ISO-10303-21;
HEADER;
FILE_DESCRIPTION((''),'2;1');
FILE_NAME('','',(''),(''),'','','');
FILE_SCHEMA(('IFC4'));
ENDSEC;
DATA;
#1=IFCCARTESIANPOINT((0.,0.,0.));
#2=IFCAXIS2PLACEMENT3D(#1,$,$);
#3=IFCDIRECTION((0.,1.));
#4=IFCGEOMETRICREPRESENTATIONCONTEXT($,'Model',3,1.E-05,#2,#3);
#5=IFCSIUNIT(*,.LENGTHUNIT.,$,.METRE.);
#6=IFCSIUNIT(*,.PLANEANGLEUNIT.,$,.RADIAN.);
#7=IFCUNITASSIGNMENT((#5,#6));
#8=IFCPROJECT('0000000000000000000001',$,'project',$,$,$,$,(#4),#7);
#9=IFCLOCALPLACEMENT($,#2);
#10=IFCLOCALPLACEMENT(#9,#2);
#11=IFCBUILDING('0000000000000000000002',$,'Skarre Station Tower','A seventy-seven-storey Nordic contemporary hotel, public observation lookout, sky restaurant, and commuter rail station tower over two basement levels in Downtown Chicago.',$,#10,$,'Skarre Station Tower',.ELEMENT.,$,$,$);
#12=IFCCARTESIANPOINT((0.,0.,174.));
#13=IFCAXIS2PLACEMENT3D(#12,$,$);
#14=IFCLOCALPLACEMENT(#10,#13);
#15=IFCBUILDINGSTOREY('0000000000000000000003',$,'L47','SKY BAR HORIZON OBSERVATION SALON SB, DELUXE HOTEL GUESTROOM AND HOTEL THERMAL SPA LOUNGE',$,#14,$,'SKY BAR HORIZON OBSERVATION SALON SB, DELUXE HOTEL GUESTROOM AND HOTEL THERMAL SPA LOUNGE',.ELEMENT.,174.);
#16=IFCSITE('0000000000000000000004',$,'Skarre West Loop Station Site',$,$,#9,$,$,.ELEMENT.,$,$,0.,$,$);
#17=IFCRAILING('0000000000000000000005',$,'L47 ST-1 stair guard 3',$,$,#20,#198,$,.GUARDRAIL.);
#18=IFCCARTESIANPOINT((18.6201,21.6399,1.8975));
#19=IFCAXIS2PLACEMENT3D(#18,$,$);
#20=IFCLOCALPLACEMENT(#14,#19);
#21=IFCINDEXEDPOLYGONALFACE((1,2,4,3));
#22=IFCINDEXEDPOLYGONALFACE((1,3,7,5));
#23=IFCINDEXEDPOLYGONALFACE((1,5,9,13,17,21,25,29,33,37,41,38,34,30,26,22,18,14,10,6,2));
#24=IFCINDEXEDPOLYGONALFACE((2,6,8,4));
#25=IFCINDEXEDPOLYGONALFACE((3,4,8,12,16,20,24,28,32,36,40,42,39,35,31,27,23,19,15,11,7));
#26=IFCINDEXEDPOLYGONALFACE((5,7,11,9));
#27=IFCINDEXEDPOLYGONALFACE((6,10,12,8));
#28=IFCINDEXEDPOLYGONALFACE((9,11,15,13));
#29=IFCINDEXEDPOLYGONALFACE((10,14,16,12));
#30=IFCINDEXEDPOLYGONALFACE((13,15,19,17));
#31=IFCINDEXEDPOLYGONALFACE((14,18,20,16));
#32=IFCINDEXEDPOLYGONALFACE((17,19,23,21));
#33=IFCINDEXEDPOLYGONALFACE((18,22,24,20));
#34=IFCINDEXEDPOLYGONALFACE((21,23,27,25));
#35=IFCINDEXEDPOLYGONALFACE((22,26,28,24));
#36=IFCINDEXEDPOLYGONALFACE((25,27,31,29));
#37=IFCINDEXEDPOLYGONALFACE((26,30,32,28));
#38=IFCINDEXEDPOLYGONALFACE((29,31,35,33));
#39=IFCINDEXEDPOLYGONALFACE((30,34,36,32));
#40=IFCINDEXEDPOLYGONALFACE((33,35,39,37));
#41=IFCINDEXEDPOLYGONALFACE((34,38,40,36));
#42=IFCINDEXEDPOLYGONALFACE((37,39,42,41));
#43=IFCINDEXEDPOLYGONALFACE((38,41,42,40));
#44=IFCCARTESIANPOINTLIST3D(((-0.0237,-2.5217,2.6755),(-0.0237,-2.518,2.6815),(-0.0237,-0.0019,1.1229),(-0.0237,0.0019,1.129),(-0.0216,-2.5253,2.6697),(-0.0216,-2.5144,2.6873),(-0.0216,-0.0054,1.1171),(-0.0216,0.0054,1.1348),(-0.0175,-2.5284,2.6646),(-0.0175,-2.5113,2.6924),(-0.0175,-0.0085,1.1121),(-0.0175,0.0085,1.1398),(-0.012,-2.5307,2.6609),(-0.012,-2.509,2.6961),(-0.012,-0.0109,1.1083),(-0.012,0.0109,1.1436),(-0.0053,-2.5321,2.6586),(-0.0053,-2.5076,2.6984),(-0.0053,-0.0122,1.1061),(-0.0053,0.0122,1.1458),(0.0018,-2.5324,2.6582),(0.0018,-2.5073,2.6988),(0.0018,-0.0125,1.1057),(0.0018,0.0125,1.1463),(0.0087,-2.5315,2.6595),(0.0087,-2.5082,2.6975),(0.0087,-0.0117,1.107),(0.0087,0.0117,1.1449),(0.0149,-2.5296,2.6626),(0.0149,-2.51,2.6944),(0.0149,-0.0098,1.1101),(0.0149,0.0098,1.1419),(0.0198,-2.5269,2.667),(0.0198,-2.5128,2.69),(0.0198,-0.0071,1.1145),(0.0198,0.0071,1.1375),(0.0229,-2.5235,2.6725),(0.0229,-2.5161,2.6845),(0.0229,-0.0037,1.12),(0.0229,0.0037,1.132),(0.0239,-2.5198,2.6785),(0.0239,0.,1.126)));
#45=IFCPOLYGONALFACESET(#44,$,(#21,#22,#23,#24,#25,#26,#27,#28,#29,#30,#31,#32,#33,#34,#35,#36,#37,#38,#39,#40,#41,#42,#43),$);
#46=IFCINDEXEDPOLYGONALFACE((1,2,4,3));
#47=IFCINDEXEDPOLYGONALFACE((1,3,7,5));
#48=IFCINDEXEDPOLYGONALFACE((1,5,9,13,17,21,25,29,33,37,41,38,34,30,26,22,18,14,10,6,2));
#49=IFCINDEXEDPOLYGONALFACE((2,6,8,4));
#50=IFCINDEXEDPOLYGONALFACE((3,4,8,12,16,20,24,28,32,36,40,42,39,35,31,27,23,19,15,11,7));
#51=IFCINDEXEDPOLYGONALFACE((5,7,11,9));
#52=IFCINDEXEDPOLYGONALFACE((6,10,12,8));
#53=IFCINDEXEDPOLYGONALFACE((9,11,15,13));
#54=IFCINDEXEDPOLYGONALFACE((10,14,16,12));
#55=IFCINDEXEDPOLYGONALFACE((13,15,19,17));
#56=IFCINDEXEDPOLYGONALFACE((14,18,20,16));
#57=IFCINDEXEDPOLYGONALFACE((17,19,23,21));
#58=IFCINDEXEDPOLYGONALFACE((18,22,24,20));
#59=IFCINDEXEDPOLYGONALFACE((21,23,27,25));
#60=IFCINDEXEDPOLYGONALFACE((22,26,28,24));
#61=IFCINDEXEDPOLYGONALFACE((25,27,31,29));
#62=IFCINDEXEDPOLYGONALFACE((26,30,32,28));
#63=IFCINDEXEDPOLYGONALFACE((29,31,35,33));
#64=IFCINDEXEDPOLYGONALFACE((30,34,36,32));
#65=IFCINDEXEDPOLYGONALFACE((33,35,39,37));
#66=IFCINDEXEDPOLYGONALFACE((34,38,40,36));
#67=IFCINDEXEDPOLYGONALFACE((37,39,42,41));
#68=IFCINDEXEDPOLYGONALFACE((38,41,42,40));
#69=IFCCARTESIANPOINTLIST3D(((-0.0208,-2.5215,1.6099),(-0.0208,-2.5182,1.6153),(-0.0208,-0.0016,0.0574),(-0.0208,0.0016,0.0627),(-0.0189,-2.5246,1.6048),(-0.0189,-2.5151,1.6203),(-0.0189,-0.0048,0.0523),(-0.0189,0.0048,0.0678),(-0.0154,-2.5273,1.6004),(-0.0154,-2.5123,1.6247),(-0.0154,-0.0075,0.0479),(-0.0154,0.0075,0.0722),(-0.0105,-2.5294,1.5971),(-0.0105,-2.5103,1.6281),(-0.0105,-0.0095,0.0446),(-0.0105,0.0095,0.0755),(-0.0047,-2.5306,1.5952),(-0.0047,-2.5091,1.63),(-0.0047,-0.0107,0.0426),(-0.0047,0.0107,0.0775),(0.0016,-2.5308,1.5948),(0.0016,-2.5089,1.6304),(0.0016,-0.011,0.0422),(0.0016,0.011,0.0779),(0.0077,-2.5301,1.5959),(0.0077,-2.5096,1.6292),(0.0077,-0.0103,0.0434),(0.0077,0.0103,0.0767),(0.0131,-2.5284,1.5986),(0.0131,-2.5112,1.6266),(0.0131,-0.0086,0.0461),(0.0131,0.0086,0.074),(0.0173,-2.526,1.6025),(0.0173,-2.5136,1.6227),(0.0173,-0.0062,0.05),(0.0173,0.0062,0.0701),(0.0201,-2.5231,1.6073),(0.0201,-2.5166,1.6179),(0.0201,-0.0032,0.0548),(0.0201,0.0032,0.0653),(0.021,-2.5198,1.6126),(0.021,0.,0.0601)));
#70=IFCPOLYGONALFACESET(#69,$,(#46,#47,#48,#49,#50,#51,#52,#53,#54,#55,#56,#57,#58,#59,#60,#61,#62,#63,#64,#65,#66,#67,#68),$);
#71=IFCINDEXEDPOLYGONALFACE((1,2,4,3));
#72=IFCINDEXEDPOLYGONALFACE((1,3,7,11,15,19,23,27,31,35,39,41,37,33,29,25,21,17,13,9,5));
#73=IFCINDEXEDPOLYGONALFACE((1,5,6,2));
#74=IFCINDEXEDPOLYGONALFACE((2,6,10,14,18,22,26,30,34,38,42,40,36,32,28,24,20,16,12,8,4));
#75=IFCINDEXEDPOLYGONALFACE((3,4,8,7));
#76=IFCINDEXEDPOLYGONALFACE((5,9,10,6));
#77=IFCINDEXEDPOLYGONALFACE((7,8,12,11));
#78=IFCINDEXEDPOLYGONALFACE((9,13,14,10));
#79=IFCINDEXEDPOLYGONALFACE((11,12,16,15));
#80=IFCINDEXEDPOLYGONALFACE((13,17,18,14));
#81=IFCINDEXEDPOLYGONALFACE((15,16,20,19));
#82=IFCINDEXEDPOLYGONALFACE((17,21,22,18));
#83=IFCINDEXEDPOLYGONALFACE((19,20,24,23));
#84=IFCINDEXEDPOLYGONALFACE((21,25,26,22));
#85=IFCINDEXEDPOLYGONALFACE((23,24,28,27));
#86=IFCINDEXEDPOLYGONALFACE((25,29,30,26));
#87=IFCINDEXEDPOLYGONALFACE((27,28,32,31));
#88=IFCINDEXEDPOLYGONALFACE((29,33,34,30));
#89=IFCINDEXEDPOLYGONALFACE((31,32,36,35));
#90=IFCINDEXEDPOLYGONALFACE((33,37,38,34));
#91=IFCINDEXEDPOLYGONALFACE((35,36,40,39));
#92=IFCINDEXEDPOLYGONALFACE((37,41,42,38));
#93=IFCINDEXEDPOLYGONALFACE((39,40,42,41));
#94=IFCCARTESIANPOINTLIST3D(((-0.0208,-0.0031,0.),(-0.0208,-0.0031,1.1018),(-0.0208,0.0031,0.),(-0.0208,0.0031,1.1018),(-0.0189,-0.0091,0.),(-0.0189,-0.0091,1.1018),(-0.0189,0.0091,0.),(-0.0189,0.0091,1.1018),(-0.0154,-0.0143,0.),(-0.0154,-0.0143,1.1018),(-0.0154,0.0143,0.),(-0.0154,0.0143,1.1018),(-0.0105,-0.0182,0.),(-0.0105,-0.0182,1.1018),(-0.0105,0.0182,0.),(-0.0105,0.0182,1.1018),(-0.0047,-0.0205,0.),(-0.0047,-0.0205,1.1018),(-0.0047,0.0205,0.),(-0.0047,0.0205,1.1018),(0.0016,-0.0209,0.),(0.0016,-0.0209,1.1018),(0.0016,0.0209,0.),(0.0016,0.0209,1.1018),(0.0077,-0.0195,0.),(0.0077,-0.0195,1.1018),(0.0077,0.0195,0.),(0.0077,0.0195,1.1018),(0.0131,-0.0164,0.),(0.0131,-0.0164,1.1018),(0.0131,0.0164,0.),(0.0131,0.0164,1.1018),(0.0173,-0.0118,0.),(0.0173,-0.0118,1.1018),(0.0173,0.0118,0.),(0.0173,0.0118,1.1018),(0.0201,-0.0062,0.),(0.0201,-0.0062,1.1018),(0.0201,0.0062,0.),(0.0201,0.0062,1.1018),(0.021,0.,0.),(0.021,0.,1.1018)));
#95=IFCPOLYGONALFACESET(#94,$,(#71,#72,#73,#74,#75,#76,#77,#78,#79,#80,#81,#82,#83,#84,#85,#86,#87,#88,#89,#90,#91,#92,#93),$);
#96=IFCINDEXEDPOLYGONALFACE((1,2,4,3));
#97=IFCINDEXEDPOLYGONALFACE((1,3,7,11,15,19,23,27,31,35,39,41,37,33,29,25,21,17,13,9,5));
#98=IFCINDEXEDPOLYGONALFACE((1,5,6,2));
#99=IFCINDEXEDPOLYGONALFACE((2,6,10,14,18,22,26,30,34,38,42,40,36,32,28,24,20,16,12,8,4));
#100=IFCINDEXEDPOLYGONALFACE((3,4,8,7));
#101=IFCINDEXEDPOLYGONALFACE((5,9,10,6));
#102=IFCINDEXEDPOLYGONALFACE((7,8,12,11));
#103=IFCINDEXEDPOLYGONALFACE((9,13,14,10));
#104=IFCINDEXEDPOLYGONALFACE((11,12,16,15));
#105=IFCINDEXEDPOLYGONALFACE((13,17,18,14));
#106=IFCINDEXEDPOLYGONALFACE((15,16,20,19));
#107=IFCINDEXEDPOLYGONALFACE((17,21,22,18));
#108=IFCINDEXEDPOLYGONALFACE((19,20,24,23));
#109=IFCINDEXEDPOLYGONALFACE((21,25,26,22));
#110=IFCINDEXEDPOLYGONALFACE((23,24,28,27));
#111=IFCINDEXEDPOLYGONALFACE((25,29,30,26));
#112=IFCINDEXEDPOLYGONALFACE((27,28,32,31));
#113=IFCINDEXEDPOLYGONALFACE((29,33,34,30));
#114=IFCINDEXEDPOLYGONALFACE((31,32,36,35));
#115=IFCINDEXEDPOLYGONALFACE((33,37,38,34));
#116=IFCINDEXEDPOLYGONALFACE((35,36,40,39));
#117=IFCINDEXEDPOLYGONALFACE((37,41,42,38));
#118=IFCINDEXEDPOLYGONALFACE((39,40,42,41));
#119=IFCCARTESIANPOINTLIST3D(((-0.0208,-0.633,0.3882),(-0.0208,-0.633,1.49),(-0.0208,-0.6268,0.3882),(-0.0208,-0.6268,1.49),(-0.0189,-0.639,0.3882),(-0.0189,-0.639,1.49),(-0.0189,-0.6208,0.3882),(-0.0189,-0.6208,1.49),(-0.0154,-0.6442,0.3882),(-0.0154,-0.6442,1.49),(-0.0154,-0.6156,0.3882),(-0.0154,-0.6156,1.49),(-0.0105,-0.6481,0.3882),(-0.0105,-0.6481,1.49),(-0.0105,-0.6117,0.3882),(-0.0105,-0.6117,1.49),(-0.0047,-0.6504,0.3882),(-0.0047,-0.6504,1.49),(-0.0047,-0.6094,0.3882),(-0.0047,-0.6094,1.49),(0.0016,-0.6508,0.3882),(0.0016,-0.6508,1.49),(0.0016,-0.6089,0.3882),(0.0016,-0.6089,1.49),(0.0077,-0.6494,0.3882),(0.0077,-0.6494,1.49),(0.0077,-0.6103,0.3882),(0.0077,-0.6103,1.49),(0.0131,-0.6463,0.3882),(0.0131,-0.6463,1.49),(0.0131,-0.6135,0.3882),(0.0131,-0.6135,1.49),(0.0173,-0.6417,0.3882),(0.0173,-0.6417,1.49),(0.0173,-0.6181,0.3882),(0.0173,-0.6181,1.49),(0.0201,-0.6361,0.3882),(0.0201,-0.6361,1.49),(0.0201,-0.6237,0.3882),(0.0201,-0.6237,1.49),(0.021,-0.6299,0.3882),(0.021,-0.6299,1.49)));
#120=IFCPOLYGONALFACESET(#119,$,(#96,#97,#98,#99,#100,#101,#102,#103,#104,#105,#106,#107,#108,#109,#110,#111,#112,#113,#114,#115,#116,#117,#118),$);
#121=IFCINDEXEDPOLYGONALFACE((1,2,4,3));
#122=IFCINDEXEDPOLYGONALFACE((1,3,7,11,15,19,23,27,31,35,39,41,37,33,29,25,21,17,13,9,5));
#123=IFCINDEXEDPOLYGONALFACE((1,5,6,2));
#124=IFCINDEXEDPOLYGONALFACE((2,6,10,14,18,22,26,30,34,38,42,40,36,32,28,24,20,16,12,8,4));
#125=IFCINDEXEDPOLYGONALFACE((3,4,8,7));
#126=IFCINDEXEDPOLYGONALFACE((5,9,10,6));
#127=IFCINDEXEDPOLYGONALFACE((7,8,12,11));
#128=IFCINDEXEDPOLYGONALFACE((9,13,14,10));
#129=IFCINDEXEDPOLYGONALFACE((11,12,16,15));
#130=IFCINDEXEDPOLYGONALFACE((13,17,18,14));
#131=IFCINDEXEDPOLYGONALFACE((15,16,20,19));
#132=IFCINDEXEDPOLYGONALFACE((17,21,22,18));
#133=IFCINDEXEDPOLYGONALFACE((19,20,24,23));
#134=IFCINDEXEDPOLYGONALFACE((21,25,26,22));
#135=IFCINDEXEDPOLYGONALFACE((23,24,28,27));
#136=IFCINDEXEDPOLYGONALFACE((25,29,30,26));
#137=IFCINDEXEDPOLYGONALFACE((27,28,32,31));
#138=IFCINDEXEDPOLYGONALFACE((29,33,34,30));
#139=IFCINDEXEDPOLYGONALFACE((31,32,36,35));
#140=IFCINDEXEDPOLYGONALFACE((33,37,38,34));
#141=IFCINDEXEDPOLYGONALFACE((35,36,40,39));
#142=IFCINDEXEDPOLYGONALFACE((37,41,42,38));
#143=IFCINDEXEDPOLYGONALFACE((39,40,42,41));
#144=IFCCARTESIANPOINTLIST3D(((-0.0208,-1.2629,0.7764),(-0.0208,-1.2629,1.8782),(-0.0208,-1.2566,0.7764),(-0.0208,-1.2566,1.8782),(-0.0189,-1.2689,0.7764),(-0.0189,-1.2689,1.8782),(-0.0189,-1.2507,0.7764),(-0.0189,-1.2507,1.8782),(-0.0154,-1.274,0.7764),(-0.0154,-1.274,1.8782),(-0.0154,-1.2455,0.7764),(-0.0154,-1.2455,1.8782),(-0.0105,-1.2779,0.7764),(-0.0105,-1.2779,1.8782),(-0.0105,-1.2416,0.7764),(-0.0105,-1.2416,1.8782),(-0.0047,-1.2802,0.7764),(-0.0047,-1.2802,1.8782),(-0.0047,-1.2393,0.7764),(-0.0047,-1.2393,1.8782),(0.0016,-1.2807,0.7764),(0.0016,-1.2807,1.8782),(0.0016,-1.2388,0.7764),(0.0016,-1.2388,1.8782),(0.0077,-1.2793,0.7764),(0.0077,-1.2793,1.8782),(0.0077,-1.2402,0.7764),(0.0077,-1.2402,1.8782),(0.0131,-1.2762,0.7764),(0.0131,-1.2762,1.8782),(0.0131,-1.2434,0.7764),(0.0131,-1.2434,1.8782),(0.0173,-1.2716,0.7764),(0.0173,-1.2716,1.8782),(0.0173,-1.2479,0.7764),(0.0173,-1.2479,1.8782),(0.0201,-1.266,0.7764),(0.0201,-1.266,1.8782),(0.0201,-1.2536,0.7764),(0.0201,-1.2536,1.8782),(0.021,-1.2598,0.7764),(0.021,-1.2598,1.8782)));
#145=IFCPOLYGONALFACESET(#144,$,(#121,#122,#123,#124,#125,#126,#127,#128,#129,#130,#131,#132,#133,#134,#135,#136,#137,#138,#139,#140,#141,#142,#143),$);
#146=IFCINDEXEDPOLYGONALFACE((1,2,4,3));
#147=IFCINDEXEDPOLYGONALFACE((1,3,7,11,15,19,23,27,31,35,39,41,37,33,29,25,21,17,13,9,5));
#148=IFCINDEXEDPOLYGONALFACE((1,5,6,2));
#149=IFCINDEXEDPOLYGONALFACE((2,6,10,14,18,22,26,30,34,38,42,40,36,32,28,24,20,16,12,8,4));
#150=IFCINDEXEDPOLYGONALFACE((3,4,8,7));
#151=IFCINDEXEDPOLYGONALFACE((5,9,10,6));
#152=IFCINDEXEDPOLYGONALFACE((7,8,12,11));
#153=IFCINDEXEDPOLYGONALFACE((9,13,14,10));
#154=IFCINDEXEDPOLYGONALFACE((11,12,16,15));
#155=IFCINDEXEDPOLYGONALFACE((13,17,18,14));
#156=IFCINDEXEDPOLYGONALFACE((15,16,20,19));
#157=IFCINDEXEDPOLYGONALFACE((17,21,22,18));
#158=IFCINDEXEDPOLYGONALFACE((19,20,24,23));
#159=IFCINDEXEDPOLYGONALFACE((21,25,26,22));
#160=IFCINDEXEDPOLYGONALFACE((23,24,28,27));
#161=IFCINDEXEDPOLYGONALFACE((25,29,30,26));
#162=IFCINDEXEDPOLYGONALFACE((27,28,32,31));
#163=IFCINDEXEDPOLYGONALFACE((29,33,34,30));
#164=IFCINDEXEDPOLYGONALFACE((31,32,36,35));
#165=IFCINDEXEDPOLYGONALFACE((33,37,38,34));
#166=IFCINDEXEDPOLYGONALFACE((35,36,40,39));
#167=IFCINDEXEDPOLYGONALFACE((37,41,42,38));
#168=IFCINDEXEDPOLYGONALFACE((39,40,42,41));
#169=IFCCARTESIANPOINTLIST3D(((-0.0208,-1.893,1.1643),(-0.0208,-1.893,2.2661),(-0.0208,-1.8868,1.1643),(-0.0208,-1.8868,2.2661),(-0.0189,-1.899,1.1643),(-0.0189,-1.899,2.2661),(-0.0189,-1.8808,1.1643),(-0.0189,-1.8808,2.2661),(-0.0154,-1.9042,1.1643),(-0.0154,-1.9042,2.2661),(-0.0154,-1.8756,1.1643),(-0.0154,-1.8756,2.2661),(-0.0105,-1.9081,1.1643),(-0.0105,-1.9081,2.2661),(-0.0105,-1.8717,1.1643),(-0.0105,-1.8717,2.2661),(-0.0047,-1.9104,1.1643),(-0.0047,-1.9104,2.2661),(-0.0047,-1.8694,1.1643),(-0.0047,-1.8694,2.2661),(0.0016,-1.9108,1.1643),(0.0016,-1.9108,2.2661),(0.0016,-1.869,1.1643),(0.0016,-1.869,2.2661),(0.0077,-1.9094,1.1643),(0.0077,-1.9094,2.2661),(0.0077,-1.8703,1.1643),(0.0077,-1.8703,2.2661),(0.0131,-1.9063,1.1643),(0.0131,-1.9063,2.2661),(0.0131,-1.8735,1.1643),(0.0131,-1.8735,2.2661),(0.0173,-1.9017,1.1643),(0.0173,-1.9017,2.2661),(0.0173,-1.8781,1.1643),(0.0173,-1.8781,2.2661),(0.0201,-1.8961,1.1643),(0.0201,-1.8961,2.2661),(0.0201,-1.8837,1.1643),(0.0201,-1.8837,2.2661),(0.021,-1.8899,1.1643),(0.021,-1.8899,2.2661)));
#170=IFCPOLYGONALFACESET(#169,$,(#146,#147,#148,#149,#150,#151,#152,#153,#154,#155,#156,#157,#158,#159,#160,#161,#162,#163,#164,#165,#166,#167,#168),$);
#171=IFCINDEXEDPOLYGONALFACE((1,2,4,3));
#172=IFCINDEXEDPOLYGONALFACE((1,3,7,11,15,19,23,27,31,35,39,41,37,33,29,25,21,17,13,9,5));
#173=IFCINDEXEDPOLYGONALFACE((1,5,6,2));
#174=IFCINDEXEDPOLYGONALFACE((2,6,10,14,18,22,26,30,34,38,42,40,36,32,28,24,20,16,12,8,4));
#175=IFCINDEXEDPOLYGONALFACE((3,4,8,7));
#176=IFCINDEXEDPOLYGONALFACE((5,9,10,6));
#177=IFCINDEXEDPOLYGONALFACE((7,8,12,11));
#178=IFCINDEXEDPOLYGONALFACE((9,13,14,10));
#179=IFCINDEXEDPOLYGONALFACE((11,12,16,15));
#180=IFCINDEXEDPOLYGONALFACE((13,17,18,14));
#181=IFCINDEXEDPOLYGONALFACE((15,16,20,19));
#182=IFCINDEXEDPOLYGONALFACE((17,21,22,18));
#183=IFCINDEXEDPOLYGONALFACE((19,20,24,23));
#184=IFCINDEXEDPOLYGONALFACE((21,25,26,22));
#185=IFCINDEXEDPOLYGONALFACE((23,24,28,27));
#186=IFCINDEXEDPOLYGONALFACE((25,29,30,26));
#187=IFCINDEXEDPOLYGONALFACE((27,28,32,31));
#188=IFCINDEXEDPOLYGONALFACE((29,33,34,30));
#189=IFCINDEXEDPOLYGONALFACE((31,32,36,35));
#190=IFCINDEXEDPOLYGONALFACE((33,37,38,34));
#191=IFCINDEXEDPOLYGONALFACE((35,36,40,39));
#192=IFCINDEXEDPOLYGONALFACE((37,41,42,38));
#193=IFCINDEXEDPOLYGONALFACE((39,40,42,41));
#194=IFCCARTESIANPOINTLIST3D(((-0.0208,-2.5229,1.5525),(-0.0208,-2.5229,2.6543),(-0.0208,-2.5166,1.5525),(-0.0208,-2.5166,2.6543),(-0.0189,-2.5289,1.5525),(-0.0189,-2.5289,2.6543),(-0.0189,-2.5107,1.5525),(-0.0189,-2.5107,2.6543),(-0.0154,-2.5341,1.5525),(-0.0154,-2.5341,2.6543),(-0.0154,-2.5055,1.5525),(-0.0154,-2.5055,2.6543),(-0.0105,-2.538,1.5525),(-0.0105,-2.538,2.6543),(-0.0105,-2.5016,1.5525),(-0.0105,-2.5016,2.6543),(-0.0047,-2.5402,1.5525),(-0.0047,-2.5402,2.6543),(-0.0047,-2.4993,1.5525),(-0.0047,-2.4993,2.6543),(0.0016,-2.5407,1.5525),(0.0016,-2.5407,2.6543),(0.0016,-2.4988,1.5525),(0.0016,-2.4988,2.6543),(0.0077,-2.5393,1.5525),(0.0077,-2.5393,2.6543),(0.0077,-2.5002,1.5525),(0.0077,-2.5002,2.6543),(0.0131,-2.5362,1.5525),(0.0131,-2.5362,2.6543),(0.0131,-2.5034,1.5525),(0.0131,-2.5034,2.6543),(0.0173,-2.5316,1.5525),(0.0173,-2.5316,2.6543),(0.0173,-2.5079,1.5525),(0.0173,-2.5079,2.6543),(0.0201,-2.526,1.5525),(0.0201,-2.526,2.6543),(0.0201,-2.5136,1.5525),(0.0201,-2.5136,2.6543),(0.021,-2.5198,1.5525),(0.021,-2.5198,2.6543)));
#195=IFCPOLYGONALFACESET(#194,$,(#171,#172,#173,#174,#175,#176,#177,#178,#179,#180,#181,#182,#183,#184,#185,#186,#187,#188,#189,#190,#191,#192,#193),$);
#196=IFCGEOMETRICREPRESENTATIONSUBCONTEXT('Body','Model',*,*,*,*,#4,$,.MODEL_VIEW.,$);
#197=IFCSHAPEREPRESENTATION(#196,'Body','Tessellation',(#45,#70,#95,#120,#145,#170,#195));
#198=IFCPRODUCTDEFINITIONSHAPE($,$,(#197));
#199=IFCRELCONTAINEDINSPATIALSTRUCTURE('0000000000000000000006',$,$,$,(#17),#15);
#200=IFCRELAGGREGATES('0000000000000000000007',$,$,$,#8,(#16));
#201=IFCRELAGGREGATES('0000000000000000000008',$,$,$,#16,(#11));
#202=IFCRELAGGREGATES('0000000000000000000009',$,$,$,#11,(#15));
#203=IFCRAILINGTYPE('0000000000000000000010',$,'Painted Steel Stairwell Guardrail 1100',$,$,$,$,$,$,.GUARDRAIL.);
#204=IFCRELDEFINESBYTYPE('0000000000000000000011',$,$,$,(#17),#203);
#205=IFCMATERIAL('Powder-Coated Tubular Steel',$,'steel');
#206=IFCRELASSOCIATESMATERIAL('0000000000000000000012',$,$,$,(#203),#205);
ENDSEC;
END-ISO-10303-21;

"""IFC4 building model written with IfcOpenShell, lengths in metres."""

from ifc_helpers import new_model, si_unit, direction, frame, origin, origin_2d, place, context, subcontext, project, spatial, circle, extrude, material, type_object, element, save


model = new_model("IFC4")

# Units and contexts
model_context = context("Model", 3, precision=1e-05, world=origin(), true_north=direction((0.0, 1.0)))
body_context = subcontext(model_context, "Body", "Model", "MODEL_VIEW")
ifc_project = project(units=[si_unit("LENGTHUNIT", "METRE"), si_unit("PLANEANGLEUNIT", "RADIAN")], contexts=[model_context])

# Site, building, storey
site_placement = place(None, origin())
site = spatial("IfcSite", under=ifc_project, at=site_placement, Name="Skarre West Loop Station Site", CompositionType="ELEMENT", RefElevation=0.0)
building_placement = place(site_placement, origin())
building = spatial("IfcBuilding", under=site, at=building_placement, Name="Skarre Station Tower", Description="A seventy-seven-storey Nordic contemporary hotel, public observation lookout, sky restaurant, and commuter rail station tower over two basement levels in Downtown Chicago.", LongName="Skarre Station Tower", CompositionType="ELEMENT")
storey_placement = place(building_placement, frame((0.0, 0.0, 174.0)))
storey = spatial("IfcBuildingStorey", under=building, at=storey_placement, Name="L47", Description="SKY BAR HORIZON OBSERVATION SALON SB, DELUXE HOTEL GUESTROOM AND HOTEL THERMAL SPA LOUNGE", LongName="SKY BAR HORIZON OBSERVATION SALON SB, DELUXE HOTEL GUESTROOM AND HOTEL THERMAL SPA LOUNGE", CompositionType="ELEMENT", Elevation=174.0)

# Railing
ifc_material_1 = material(Name="Powder-Coated Tubular Steel", Category="steel")
railing_type_1 = type_object("IfcRailingType", Name="Painted Steel Stairwell Guardrail 1100", PredefinedType="GUARDRAIL", material=ifc_material_1)
railing_1_placement = place(storey_placement, frame((18.6201, 21.6399, 1.8975)))
element("IfcRailing", 1, at=railing_1_placement, inside=storey, type_object=railing_type_1, Name="L47 ST-1 stair guard 3", PredefinedType="GUARDRAIL", context=body_context, shape_type="SweptSolid", body=[
    extrude(circle(Radius=0.0239, at=origin_2d()), frame((0.0, 0.0, 1.126), z_axis=(0.0, -0.851378, 0.524553), x_axis=(1.0, 0.0, 0.0)), (0.0, 0.0, 1.0), 2.9597),
    extrude(circle(Radius=0.021, at=origin_2d()), frame((0.0, 0.0, 0.0601), z_axis=(0.0, -0.851378, 0.524553), x_axis=(1.0, 0.0, 0.0)), (0.0, 0.0, 1.0), 2.9597),
    extrude(circle(Radius=0.021, at=origin_2d()), origin(), (0.0, 0.0, 1.0), 1.1018),
    extrude(circle(Radius=0.021, at=origin_2d()), frame((0.0, -0.6299, 0.3882)), (0.0, 0.0, 1.0), 1.1018),
    extrude(circle(Radius=0.021, at=origin_2d()), frame((0.0, -1.2598, 0.7764)), (0.0, 0.0, 1.0), 1.1018),
    extrude(circle(Radius=0.021, at=origin_2d()), frame((0.0, -1.8899, 1.1643)), (0.0, 0.0, 1.0), 1.1018),
    extrude(circle(Radius=0.021, at=origin_2d()), frame((0.0, -2.5198, 1.5525)), (0.0, 0.0, 1.0), 1.1018),
])

save(model, "model.ifc")
